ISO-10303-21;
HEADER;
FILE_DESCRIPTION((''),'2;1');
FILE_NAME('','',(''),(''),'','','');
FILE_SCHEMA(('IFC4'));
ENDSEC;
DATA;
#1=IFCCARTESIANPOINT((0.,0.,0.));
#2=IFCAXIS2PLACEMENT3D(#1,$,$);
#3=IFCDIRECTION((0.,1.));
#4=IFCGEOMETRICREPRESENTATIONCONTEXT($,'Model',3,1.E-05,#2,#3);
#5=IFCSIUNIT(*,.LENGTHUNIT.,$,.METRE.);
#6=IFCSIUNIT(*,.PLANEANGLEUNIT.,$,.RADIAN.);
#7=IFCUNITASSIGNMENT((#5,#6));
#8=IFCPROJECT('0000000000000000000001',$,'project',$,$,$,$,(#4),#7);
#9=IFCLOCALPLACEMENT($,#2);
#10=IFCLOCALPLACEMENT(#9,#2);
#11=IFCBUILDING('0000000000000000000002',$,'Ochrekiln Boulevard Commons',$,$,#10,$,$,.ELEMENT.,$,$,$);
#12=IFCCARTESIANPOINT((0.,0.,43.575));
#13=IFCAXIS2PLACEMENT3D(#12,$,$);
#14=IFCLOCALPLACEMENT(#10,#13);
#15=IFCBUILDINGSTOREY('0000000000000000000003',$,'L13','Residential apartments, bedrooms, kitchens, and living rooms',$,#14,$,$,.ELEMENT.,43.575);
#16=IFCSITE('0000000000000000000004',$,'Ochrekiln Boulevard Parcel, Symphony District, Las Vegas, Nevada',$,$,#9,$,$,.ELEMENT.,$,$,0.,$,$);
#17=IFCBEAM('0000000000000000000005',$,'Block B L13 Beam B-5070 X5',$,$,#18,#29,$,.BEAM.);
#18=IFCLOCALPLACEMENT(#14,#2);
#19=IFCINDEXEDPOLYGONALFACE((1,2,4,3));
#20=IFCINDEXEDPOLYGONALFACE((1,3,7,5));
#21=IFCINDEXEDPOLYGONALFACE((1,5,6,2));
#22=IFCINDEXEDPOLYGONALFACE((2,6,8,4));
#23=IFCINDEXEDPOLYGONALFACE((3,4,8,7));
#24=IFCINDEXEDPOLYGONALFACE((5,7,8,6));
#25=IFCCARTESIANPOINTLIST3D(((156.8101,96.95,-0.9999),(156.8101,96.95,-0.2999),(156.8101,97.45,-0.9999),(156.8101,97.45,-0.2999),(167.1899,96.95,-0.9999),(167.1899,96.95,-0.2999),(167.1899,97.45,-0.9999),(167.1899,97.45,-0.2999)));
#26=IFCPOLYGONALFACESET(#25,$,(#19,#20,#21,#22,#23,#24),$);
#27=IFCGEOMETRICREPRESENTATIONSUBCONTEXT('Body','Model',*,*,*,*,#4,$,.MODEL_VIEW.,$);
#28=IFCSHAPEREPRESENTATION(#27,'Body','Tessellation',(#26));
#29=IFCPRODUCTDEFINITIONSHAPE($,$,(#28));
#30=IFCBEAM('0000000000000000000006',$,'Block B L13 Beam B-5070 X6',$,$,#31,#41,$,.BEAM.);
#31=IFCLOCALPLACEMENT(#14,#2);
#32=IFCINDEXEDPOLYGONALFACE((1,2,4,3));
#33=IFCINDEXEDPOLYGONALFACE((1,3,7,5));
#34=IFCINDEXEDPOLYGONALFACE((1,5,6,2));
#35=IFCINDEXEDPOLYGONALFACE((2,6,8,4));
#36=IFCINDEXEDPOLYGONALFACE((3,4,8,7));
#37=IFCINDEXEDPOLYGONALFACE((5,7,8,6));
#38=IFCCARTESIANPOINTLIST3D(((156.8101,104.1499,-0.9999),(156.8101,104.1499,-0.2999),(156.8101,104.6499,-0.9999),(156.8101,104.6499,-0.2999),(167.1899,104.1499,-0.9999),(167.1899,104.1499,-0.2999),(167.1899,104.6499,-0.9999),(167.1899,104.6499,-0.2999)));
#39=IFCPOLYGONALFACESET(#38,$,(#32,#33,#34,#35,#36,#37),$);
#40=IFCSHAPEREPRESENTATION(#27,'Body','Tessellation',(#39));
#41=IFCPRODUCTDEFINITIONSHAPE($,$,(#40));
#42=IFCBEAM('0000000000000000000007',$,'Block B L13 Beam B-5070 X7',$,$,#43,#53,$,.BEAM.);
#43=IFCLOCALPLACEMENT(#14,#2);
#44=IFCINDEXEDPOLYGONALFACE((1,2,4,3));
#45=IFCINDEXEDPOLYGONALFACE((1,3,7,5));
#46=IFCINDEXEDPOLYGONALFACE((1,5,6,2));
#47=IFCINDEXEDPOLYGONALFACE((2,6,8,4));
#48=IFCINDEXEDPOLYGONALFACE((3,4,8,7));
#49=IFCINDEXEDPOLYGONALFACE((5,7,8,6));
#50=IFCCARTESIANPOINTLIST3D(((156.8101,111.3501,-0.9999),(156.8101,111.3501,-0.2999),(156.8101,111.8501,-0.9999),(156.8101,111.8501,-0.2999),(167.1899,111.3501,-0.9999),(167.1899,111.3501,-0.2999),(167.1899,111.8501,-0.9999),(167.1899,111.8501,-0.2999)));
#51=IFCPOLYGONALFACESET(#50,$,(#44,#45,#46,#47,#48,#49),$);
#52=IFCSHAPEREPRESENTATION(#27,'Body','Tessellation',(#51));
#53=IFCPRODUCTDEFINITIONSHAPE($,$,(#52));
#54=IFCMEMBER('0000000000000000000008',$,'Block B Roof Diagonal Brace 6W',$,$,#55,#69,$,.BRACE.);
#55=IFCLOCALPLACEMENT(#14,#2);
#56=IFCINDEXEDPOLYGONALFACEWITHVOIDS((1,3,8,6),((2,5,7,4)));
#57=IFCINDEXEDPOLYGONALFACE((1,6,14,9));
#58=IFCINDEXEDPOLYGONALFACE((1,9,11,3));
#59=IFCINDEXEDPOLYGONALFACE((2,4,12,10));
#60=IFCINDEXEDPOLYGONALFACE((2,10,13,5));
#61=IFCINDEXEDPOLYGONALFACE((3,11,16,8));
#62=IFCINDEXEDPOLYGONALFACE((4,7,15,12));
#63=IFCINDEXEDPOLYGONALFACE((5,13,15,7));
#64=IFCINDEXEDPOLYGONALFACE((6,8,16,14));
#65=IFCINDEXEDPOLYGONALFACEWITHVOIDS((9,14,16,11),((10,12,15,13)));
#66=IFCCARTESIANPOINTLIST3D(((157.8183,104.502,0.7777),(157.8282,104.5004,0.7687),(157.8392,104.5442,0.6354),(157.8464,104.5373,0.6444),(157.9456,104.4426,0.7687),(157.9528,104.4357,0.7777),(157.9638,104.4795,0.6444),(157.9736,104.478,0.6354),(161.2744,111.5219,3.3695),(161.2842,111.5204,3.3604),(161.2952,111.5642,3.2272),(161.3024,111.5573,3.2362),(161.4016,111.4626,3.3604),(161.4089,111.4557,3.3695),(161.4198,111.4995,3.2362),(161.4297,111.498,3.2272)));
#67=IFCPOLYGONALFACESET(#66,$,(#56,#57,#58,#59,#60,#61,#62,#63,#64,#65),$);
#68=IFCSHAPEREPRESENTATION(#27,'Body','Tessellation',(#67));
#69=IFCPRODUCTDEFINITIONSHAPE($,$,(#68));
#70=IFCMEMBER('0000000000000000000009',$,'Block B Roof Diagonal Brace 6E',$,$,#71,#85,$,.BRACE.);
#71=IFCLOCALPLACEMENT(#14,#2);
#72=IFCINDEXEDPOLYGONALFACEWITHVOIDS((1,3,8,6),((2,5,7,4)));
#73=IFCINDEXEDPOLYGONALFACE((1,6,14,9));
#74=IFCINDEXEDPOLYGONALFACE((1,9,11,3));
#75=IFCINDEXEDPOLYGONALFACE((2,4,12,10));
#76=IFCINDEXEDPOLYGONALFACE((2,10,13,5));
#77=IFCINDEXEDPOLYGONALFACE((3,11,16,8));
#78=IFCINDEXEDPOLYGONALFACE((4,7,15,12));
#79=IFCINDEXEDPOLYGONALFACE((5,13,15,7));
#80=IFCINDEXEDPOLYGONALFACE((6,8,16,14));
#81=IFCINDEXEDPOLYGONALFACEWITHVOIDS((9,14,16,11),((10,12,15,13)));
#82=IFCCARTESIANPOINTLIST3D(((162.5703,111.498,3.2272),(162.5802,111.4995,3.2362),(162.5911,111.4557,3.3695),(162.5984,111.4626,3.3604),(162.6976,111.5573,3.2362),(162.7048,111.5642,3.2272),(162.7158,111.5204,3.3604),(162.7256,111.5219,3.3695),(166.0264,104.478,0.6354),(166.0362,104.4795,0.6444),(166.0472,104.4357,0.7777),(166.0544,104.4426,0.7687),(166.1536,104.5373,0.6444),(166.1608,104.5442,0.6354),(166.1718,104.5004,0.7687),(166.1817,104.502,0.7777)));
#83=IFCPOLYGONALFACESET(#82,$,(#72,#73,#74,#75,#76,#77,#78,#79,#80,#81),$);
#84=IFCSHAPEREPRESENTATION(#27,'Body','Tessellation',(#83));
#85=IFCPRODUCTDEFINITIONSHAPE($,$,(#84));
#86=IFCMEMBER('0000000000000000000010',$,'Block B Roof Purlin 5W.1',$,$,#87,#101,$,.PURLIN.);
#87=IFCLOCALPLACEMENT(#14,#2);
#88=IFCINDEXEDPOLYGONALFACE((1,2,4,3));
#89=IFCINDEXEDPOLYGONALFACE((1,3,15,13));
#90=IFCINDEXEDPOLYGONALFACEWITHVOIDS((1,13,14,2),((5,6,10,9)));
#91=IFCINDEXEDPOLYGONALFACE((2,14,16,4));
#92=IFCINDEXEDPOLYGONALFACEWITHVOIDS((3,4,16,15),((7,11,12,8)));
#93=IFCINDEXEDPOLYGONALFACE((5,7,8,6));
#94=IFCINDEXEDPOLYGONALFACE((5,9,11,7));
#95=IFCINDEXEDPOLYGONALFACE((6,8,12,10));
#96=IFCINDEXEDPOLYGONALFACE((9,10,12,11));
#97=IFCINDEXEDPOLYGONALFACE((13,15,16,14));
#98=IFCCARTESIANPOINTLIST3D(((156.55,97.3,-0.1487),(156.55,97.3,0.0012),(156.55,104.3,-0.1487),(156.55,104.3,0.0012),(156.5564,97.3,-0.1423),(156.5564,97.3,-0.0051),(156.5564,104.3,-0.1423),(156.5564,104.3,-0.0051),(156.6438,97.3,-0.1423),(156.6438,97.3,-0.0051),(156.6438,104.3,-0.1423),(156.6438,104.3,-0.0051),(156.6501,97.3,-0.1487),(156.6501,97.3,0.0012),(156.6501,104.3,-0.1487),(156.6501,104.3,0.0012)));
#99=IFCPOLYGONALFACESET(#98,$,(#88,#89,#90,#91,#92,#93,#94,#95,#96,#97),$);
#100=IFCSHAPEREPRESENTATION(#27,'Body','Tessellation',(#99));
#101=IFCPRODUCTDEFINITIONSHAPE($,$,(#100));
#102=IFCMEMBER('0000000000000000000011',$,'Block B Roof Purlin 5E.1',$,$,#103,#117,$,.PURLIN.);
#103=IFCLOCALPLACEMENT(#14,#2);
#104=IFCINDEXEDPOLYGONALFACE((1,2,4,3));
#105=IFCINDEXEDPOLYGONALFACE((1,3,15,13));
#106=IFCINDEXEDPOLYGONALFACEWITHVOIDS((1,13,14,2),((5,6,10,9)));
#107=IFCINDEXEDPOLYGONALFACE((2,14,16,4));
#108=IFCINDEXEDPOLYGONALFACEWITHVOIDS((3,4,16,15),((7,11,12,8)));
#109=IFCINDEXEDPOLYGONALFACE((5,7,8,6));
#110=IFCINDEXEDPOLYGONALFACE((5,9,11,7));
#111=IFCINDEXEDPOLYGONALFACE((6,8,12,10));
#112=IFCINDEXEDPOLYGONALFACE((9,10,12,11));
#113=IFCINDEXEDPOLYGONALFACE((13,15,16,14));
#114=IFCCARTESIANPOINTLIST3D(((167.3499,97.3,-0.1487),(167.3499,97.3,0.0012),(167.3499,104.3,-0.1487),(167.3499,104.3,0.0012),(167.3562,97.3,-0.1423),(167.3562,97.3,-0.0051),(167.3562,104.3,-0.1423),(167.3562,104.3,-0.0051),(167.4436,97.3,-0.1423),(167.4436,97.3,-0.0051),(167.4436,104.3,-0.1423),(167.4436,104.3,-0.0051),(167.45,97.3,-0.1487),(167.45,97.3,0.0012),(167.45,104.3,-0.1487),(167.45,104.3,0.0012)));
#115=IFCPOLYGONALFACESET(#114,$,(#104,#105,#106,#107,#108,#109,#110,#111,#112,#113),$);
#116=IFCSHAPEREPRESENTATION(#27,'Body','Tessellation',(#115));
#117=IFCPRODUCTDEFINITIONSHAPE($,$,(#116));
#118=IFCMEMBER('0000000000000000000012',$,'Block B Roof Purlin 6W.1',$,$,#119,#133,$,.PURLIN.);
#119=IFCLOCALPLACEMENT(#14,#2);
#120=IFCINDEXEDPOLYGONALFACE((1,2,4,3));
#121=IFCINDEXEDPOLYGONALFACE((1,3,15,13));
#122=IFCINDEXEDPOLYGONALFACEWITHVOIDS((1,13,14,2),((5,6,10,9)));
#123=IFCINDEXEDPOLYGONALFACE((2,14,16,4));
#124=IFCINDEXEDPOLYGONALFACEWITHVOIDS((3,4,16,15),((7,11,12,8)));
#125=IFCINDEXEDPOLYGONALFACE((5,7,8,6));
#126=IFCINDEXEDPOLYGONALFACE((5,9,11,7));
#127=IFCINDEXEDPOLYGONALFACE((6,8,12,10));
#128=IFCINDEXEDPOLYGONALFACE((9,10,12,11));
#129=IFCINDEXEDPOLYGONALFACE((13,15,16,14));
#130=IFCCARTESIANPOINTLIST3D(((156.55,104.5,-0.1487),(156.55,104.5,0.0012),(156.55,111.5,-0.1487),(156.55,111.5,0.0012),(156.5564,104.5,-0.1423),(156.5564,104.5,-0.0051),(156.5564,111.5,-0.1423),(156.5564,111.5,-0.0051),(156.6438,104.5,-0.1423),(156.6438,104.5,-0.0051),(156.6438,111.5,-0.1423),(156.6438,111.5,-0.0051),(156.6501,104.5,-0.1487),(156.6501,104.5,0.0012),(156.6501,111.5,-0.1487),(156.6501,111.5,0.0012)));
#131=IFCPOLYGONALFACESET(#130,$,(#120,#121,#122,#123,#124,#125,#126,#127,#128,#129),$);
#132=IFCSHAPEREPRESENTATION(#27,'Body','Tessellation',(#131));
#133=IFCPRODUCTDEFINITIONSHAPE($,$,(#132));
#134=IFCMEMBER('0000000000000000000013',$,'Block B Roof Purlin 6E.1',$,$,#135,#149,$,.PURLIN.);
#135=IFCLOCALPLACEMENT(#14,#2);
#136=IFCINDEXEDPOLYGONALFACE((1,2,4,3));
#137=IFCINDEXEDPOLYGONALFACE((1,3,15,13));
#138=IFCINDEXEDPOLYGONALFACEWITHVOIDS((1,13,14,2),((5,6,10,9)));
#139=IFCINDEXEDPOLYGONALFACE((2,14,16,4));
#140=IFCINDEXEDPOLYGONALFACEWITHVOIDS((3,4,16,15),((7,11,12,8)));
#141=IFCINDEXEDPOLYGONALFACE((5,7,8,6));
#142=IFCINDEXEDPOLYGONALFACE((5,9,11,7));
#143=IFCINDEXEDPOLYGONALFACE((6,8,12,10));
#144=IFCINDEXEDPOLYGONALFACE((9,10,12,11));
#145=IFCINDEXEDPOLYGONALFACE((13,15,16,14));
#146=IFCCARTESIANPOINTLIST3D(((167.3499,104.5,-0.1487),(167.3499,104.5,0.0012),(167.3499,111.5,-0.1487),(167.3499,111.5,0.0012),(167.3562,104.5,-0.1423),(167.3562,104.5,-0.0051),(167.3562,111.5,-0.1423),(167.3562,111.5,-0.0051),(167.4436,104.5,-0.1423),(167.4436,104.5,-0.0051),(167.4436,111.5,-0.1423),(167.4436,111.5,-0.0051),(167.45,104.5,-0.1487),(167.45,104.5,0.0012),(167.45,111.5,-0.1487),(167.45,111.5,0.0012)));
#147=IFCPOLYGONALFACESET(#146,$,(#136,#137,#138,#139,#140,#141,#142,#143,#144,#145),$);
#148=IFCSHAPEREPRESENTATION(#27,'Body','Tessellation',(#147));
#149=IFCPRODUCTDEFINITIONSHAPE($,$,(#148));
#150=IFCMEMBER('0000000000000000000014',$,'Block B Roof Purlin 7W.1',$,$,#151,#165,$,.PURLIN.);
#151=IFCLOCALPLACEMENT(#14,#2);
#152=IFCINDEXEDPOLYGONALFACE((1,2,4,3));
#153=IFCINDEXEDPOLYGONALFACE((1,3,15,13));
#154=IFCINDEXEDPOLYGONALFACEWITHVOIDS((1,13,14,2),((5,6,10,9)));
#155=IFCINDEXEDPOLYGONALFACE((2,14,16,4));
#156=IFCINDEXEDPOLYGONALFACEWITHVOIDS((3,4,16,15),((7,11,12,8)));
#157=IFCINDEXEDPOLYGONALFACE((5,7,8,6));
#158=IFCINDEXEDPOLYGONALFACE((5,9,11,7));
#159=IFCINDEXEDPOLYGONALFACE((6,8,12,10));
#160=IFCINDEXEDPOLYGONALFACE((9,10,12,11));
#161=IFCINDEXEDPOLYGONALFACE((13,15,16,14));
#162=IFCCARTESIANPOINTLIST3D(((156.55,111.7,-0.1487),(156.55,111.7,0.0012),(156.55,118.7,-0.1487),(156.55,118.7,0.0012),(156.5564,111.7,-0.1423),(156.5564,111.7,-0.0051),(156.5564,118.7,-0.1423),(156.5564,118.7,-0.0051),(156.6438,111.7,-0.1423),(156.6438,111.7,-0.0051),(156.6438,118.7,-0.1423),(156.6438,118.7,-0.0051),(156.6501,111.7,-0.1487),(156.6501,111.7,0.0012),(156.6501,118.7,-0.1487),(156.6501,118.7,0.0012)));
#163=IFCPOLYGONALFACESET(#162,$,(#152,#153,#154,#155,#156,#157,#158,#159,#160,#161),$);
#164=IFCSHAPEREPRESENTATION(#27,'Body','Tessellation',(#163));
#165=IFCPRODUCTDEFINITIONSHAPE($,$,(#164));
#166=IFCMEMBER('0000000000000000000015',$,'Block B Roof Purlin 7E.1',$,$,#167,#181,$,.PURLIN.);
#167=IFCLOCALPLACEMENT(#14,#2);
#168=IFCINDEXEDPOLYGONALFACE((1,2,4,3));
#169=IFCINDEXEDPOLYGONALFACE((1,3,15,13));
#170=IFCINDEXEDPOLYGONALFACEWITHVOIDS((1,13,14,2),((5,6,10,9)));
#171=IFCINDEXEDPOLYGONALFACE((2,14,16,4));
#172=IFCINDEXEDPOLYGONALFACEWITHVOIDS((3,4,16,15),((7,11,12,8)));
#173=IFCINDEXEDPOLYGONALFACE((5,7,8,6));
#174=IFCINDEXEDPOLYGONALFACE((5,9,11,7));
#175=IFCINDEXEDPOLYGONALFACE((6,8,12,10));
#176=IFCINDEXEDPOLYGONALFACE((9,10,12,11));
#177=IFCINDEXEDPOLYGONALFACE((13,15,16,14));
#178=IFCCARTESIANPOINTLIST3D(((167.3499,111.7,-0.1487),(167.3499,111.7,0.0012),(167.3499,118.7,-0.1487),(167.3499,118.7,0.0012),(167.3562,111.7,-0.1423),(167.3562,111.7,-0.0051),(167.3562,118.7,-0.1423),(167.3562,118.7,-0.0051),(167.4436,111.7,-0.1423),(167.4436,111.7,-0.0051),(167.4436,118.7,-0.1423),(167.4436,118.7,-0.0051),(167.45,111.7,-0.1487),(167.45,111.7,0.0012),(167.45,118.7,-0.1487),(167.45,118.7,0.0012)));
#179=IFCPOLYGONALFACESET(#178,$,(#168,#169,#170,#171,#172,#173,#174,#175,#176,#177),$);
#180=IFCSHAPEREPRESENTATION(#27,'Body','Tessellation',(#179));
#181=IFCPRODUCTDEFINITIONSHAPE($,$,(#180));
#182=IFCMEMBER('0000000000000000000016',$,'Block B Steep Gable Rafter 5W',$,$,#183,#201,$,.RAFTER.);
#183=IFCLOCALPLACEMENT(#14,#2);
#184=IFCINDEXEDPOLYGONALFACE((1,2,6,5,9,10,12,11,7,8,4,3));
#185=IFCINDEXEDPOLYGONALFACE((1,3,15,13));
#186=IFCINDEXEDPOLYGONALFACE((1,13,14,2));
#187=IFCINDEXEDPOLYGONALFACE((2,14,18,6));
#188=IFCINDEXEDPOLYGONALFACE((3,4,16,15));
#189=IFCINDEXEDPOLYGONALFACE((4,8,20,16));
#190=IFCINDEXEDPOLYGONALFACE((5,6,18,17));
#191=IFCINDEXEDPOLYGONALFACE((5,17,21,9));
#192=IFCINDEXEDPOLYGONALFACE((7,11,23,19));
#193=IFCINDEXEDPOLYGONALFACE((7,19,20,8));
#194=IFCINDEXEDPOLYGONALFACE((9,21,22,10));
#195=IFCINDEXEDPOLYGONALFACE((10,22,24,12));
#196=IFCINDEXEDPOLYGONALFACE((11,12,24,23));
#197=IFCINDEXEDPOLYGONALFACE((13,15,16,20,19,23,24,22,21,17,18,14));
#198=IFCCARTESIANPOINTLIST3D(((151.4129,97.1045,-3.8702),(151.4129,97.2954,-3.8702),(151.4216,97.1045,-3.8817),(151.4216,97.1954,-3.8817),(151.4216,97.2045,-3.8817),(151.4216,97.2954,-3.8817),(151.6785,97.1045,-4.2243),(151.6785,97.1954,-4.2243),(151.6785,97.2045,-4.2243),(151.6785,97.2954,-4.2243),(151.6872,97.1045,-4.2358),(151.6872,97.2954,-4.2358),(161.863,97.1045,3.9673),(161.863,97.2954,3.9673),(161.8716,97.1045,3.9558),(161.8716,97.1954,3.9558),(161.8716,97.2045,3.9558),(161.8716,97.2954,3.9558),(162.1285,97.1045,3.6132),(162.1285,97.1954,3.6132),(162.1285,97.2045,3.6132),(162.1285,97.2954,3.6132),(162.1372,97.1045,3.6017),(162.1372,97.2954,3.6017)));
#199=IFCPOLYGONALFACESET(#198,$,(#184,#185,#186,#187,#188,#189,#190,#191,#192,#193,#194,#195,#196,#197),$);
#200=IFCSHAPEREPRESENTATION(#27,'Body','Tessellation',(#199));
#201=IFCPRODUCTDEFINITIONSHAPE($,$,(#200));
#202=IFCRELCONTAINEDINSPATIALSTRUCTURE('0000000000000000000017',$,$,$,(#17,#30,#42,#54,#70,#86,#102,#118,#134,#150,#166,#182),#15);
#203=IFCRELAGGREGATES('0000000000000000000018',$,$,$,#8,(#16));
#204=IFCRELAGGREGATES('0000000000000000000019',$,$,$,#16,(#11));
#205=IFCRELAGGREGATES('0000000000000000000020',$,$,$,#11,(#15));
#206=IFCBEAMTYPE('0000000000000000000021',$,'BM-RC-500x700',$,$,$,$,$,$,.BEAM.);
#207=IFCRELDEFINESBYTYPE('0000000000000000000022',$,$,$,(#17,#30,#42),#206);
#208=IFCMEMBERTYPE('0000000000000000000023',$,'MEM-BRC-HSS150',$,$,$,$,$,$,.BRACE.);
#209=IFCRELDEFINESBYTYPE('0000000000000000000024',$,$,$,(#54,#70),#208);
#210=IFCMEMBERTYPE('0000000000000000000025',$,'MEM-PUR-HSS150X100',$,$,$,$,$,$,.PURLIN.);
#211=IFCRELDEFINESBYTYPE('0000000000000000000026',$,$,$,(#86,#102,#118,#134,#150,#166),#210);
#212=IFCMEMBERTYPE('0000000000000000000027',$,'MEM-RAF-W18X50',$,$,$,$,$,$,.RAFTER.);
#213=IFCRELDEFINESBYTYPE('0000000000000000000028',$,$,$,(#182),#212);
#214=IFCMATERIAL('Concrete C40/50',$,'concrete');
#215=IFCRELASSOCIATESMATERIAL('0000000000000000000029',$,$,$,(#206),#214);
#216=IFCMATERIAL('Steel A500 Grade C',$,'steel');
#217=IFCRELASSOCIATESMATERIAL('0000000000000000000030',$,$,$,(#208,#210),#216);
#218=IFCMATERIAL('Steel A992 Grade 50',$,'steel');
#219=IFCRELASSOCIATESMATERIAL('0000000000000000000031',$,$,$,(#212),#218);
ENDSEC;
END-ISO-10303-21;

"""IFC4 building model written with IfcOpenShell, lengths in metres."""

from ifc_helpers import new_model, si_unit, direction, frame, origin, origin_2d, place, context, subcontext, project, spatial, rectangle, hollow_rectangle, i_section, extrude, material, material_profile, profile_set, type_object, element, save


model = new_model("IFC4")

# Units and contexts
model_context = context("Model", 3, precision=1e-05, world=origin(), true_north=direction((0.0, 1.0)))
body_context = subcontext(model_context, "Body", "Model", "MODEL_VIEW")
ifc_project = project(units=[si_unit("LENGTHUNIT", "METRE"), si_unit("PLANEANGLEUNIT", "RADIAN")], contexts=[model_context])

# Site, building, storey
site_placement = place(None, origin())
site = spatial("IfcSite", under=ifc_project, at=site_placement, Name="Ochrekiln Boulevard Parcel, Symphony District, Las Vegas, Nevada", CompositionType="ELEMENT", RefElevation=0.0)
building_placement = place(site_placement, origin())
building = spatial("IfcBuilding", under=site, at=building_placement, Name="Ochrekiln Boulevard Commons", CompositionType="ELEMENT")
storey_placement = place(building_placement, frame((0.0, 0.0, 43.575)))
storey = spatial("IfcBuildingStorey", under=building, at=storey_placement, Name="L13", Description="Residential apartments, bedrooms, kitchens, and living rooms", CompositionType="ELEMENT", Elevation=43.575)

# Beams
ifc_material_1 = material(Name="Concrete C40/50", Category="concrete")
ifc_material_profile_1 = material_profile(ifc_material_1, rectangle(XDim=0.5, YDim=0.7, at=origin_2d()), Name="RC-BM-500x700")
ifc_profile_set_1 = profile_set([ifc_material_profile_1], Name="Concrete C40/50")
beam_type_1 = type_object("IfcBeamType", Name="BM-RC-500x700", PredefinedType="BEAM", material=ifc_profile_set_1)
for number, where, z_axis, x_axis, name in (
    (1, (156.8101, 97.2, -0.6499), (1.0, 0.0, 0.0), (0.0, 1.0, 0.0), "Block B L13 Beam B-5070 X5"),
    (2, (156.8101, 104.3999, -0.6499), (1.0, 0.0, 0.0), (0.0, 1.0, 0.0), "Block B L13 Beam B-5070 X6"),
    (3, (156.8101, 111.6001, -0.6499), (1.0, 0.0, 0.0), (0.0, 1.0, 0.0), "Block B L13 Beam B-5070 X7"),
):
    element("IfcBeam", number, at=place(storey_placement, frame(where, z_axis=z_axis, x_axis=x_axis)), inside=storey, type_object=beam_type_1, Name=name, PredefinedType="BEAM", context=body_context, shape_type="SweptSolid", body=[
        extrude(rectangle(XDim=0.5, YDim=0.7, at=origin_2d()), origin(), (0.0, 0.0, 1.0), 10.3799),
    ])

# Members
ifc_material_2 = material(Name="Steel A500 Grade C", Category="steel")
ifc_material_profile_2 = material_profile(ifc_material_2, hollow_rectangle(XDim=0.1499, YDim=0.1499, WallThickness=0.0095, at=origin_2d()), Name="HSS150X150X9.5")
ifc_profile_set_2 = profile_set([ifc_material_profile_2], Name="Steel A500 Grade C")
member_type_1 = type_object("IfcMemberType", Name="MEM-BRC-HSS150", PredefinedType="BRACE", material=ifc_profile_set_2)
for number, where, z_axis, x_axis, name in (
    (4, (157.896, 104.49, 0.7065), (0.419286, 0.851663, 0.314435), (-0.897168, 0.441689, 0.0), "Block B Roof Diagonal Brace 6W"),
    (5, (166.104, 104.49, 0.7065), (-0.419286, 0.851663, 0.314435), (-0.897168, -0.441689, 0.0), "Block B Roof Diagonal Brace 6E"),
):
    element("IfcMember", number, at=place(storey_placement, frame(where, z_axis=z_axis, x_axis=x_axis)), inside=storey, type_object=member_type_1, Name=name, PredefinedType="BRACE", context=body_context, shape_type="SweptSolid", body=[
        extrude(hollow_rectangle(XDim=0.1499, YDim=0.1499, WallThickness=0.0095, at=origin_2d()), origin(), (0.0, 0.0, 1.0), 8.2427),
    ])
ifc_material_profile_3 = material_profile(ifc_material_2, hollow_rectangle(XDim=0.1001, YDim=0.1499, WallThickness=0.0063, at=origin_2d()), Name="HSS150X100X6.4")
ifc_profile_set_3 = profile_set([ifc_material_profile_3], Name="Steel A500 Grade C")
member_type_2 = type_object("IfcMemberType", Name="MEM-PUR-HSS150X100", PredefinedType="PURLIN", material=ifc_profile_set_3)
for number, where, z_axis, x_axis, name in (
    (6, (156.6001, 97.3, -0.0737), (0.0, 1.0, 0.0), (-1.0, 0.0, 0.0), "Block B Roof Purlin 5W.1"),
    (7, (167.3999, 97.3, -0.0737), (0.0, 1.0, 0.0), (-1.0, 0.0, 0.0), "Block B Roof Purlin 5E.1"),
    (8, (156.6001, 104.5, -0.0737), (0.0, 1.0, 0.0), (-1.0, 0.0, 0.0), "Block B Roof Purlin 6W.1"),
    (9, (167.3999, 104.5, -0.0737), (0.0, 1.0, 0.0), (-1.0, 0.0, 0.0), "Block B Roof Purlin 6E.1"),
    (10, (156.6001, 111.7, -0.0737), (0.0, 1.0, 0.0), (-1.0, 0.0, 0.0), "Block B Roof Purlin 7W.1"),
    (11, (167.3999, 111.7, -0.0737), (0.0, 1.0, 0.0), (-1.0, 0.0, 0.0), "Block B Roof Purlin 7E.1"),
):
    element("IfcMember", number, at=place(storey_placement, frame(where, z_axis=z_axis, x_axis=x_axis)), inside=storey, type_object=member_type_2, Name=name, PredefinedType="PURLIN", context=body_context, shape_type="SweptSolid", body=[
        extrude(hollow_rectangle(XDim=0.1001, YDim=0.1499, WallThickness=0.0063, at=origin_2d()), origin(), (0.0, 0.0, 1.0), 7.0),
    ])
ifc_material_3 = material(Name="Steel A992 Grade 50", Category="steel")
ifc_material_profile_4 = material_profile(ifc_material_3, i_section(OverallWidth=0.1909, OverallDepth=0.457, WebThickness=0.009, FlangeThickness=0.0144, at=origin_2d()), Name="W18X50")
ifc_profile_set_4 = profile_set([ifc_material_profile_4], Name="Steel A992 Grade 50")
member_type_3 = type_object("IfcMemberType", Name="MEM-RAF-W18X50", PredefinedType="RAFTER", material=ifc_profile_set_4)
for number, where, z_axis, x_axis, name in (
    (12, (151.55, 97.2, -4.053), (0.800002, 0.0, 0.599997), (0.0, 1.0, 0.0), "Block B Steep Gable Rafter 5W"),
):
    element("IfcMember", number, at=place(storey_placement, frame(where, z_axis=z_axis, x_axis=x_axis)), inside=storey, type_object=member_type_3, Name=name, PredefinedType="RAFTER", context=body_context, shape_type="SweptSolid", body=[
        extrude(i_section(OverallWidth=0.1909, OverallDepth=0.457, WebThickness=0.009, FlangeThickness=0.0144, at=origin_2d()), origin(), (0.0, 0.0, 1.0), 13.0625),
    ])

save(model, "model.ifc")
